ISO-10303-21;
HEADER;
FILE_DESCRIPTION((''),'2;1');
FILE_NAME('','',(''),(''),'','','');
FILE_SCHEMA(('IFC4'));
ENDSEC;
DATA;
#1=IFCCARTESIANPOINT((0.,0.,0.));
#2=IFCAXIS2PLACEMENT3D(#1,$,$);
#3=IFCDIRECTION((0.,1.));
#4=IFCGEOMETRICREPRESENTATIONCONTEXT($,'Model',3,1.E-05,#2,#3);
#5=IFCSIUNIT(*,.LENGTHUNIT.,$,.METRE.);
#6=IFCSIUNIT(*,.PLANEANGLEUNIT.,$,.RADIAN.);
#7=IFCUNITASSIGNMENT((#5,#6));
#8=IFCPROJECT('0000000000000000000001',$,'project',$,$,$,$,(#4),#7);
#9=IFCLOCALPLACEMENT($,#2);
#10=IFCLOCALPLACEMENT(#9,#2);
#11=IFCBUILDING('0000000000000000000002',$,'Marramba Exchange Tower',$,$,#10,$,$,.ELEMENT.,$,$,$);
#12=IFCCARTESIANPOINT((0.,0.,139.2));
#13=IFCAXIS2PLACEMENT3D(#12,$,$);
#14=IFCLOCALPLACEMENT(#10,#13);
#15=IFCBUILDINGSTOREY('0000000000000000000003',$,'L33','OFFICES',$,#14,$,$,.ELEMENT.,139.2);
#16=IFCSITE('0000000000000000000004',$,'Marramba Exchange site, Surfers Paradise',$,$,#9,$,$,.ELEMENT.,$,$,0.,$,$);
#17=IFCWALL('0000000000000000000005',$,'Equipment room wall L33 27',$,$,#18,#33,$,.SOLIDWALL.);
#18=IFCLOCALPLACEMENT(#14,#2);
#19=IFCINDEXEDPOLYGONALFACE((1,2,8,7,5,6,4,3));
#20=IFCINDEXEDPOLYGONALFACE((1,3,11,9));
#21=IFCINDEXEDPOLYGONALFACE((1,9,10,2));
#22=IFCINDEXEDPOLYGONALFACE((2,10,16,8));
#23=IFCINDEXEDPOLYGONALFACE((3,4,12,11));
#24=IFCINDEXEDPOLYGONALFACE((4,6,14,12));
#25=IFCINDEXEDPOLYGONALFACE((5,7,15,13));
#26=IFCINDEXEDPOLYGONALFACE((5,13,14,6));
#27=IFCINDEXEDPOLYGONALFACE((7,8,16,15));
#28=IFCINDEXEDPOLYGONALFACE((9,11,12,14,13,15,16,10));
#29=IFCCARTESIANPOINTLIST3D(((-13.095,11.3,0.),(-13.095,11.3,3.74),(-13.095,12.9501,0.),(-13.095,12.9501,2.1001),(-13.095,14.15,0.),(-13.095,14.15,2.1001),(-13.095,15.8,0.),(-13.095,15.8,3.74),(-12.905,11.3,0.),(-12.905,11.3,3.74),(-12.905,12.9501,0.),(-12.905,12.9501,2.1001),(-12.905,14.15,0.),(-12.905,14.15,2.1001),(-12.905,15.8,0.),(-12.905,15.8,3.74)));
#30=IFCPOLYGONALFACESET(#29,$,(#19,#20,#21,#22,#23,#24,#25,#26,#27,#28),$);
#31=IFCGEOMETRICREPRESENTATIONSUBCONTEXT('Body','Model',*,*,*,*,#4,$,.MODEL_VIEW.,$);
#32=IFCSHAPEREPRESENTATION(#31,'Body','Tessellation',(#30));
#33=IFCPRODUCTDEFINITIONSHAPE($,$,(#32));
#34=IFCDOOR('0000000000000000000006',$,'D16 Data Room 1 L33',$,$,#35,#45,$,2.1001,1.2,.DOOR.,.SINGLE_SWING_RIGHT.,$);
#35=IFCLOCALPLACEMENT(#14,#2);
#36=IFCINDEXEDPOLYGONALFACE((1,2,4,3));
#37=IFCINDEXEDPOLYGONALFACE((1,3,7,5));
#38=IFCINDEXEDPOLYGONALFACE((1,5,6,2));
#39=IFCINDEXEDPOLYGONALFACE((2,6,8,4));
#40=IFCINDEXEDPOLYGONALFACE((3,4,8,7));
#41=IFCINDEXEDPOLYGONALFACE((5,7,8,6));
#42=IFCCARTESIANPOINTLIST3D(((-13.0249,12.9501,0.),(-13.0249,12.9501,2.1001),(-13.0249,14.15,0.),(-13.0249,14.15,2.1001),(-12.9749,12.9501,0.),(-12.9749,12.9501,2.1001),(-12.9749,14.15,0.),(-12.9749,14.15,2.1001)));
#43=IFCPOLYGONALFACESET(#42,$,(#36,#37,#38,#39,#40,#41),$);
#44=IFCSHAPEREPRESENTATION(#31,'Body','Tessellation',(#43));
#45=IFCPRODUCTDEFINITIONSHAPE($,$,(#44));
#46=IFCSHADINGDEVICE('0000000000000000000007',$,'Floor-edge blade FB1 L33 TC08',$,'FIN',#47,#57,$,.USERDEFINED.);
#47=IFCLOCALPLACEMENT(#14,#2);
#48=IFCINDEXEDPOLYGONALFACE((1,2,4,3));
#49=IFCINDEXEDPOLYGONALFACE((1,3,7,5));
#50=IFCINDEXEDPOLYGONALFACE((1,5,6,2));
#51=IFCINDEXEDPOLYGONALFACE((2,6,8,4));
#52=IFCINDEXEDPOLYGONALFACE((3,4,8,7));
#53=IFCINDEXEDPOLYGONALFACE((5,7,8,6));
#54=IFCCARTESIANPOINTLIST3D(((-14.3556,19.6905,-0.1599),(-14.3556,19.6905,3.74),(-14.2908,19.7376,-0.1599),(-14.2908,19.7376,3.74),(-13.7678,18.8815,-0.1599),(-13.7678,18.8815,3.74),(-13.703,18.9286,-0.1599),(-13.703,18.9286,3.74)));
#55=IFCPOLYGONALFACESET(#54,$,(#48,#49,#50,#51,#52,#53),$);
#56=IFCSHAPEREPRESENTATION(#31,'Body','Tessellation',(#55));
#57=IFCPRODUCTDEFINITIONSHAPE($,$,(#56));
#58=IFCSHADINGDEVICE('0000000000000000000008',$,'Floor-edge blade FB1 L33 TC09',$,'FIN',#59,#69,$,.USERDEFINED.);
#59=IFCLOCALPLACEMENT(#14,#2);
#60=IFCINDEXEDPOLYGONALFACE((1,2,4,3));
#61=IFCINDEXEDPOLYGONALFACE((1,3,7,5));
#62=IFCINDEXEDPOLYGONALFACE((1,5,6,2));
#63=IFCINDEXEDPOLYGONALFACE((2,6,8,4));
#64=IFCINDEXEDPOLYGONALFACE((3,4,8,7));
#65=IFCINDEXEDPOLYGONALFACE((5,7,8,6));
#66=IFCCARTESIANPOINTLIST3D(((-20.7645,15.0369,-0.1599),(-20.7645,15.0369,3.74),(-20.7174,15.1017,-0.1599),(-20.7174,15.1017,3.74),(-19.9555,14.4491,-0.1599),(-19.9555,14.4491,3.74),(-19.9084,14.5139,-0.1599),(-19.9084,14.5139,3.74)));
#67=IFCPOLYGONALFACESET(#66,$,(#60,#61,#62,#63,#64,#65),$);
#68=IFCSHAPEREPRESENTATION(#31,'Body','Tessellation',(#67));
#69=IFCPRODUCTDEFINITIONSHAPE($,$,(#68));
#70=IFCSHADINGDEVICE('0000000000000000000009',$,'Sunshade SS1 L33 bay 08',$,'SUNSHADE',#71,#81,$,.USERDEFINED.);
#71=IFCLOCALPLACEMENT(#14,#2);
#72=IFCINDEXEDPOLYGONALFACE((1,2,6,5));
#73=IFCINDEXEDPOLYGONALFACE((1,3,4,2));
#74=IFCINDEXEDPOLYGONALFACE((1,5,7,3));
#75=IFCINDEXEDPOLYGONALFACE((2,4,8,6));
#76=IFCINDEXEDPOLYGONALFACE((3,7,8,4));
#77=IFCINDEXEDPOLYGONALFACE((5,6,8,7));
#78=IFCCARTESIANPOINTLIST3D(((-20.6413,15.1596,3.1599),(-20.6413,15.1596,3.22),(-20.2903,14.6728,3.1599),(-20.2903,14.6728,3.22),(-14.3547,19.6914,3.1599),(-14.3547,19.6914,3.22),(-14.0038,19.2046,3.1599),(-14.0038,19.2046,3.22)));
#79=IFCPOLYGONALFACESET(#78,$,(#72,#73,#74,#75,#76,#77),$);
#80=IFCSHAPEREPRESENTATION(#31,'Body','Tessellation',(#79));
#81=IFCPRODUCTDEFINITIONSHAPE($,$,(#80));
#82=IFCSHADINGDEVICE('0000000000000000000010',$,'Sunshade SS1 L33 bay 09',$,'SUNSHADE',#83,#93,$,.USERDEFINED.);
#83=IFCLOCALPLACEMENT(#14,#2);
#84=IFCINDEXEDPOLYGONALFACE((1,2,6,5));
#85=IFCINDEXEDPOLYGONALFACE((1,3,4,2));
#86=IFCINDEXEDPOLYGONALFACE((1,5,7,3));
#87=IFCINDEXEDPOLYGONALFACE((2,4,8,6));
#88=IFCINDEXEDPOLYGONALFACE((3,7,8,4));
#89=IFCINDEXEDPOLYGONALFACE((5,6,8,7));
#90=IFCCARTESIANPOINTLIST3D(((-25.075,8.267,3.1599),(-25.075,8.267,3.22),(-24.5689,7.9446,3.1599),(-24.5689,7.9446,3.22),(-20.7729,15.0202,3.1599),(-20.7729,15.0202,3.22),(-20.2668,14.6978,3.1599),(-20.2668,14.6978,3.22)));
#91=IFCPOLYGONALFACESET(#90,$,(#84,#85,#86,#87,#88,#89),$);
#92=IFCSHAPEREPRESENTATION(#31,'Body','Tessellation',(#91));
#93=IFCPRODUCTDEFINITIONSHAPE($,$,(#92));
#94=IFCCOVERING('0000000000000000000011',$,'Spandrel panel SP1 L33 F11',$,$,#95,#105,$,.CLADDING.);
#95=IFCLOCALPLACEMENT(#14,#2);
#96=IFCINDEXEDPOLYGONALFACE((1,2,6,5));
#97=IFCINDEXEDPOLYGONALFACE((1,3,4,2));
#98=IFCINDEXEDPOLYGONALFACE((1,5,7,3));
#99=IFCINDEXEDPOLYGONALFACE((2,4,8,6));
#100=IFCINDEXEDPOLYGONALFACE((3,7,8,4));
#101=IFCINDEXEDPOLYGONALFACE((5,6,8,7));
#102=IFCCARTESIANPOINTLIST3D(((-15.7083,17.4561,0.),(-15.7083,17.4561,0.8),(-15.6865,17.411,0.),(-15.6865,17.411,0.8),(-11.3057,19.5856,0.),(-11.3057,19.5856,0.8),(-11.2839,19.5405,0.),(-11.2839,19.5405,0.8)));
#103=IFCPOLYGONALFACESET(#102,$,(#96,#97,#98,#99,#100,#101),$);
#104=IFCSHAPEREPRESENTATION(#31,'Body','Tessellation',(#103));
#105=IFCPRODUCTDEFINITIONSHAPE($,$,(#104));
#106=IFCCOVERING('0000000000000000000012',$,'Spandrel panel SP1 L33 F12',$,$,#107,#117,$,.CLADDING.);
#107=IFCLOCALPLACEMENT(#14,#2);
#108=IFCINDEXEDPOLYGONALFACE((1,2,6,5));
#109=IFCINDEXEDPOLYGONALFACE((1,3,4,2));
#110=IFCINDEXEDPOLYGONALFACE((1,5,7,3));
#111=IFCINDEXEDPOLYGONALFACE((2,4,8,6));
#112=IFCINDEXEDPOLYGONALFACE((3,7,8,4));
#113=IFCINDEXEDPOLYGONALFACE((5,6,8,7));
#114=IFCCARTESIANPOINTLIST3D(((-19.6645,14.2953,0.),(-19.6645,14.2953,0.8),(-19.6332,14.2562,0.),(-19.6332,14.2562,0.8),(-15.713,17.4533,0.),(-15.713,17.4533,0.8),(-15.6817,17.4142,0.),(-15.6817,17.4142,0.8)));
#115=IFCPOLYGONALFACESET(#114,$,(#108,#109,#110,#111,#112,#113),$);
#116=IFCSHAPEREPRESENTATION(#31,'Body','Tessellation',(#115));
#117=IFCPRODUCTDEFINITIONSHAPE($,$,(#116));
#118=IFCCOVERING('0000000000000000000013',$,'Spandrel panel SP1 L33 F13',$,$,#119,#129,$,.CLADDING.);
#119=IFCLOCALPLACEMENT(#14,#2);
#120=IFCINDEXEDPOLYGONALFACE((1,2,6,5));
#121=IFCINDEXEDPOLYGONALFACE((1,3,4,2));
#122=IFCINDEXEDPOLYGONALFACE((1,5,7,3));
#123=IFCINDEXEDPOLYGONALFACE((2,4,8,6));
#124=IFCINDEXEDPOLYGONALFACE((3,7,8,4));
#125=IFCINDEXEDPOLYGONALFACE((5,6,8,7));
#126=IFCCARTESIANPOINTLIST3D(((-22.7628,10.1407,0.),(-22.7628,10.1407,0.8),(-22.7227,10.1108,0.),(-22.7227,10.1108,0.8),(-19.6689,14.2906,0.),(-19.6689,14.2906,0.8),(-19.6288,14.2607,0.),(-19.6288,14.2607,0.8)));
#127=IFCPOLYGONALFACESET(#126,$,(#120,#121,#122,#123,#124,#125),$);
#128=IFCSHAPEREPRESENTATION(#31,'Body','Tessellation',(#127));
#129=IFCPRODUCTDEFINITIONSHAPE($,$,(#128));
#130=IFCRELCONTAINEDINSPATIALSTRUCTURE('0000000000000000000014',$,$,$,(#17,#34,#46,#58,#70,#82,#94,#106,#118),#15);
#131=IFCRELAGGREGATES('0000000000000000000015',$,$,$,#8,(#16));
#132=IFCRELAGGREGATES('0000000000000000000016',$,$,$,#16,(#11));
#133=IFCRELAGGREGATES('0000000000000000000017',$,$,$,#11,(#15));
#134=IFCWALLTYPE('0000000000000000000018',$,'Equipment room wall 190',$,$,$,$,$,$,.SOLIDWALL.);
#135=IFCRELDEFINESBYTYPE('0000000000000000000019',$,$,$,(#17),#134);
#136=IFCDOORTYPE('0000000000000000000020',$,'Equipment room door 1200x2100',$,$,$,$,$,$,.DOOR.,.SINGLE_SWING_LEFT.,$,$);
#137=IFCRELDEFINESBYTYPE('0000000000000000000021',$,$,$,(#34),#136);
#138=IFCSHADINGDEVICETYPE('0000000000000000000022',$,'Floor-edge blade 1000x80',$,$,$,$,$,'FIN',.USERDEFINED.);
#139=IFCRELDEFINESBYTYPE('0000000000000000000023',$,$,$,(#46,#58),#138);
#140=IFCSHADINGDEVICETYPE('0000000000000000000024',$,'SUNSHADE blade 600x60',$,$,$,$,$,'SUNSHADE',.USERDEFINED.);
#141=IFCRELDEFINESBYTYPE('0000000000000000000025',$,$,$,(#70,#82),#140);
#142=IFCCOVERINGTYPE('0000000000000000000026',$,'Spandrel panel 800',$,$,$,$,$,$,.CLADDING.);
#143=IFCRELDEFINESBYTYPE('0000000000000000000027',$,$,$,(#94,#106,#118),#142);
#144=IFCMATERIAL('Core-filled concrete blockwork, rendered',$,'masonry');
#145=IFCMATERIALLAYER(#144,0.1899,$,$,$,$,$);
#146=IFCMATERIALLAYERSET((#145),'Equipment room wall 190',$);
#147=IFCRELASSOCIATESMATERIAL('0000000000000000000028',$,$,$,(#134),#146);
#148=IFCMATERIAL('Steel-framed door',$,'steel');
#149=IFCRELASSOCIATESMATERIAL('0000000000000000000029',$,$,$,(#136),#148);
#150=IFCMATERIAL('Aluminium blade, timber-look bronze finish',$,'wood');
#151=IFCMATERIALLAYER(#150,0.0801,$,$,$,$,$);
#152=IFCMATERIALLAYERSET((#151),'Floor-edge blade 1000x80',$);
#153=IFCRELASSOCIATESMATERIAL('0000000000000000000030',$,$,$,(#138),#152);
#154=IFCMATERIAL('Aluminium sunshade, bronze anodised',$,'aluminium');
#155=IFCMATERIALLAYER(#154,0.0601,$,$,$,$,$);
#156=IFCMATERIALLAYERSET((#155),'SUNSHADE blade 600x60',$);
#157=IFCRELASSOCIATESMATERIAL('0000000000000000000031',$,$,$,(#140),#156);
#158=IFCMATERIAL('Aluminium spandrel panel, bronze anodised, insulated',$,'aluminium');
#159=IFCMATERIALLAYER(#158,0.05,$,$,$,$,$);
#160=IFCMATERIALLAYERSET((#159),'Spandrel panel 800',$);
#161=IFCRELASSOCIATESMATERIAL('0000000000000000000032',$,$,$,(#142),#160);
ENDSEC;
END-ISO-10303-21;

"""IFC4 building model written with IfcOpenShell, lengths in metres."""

from ifc_helpers import new_model, si_unit, direction, frame, frame_2d, origin, origin_2d, place, context, subcontext, project, spatial, rectangle, extrude, material, layer, layer_set, type_object, element, fill, save


model = new_model("IFC4")

# Units and contexts
model_context = context("Model", 3, precision=1e-05, world=origin(), true_north=direction((0.0, 1.0)))
body_context = subcontext(model_context, "Body", "Model", "MODEL_VIEW")
ifc_project = project(units=[si_unit("LENGTHUNIT", "METRE"), si_unit("PLANEANGLEUNIT", "RADIAN")], contexts=[model_context])

# Site, building, storey
site_placement = place(None, origin())
site = spatial("IfcSite", under=ifc_project, at=site_placement, Name="Marramba Exchange site, Surfers Paradise", CompositionType="ELEMENT", RefElevation=0.0)
building_placement = place(site_placement, origin())
building = spatial("IfcBuilding", under=site, at=building_placement, Name="Marramba Exchange Tower", CompositionType="ELEMENT")
storey_placement = place(building_placement, frame((0.0, 0.0, 139.2)))
storey = spatial("IfcBuildingStorey", under=building, at=storey_placement, Name="L33", Description="OFFICES", CompositionType="ELEMENT", Elevation=139.2)

# Shared definitions
ifc_material_1 = material(Name="Core-filled concrete blockwork, rendered", Category="masonry")
ifc_layer_1 = layer(ifc_material_1, 0.1899)
ifc_layer_set_1 = layer_set([ifc_layer_1], Name="Equipment room wall 190")
wall_type = type_object("IfcWallType", Name="Equipment room wall 190", PredefinedType="SOLIDWALL", material=ifc_layer_set_1)

# Wall, opening, door
wall_1_placement = place(storey_placement, frame((-13.0, 11.3, 0.0), z_axis=(0.0, 0.0, 1.0), x_axis=(0.0, 1.0, 0.0)))
wall_1 = element("IfcWall", 1, at=wall_1_placement, inside=storey, type_object=wall_type, Name="Equipment room wall L33 27", PredefinedType="SOLIDWALL", context=body_context, shape_type="SweptSolid", body=[
    extrude(rectangle(XDim=4.5, YDim=0.1899, at=frame_2d((2.25, 0.0))), origin(), (0.0, 0.0, 1.0), 3.74),
])
opening_placement = place(wall_1_placement, frame((1.6499, 0.0, 0.0)))
opening = element("IfcOpeningElement", 2, at=opening_placement, cuts=wall_1, PredefinedType="OPENING", context=body_context, shape_type="SweptSolid", body=[
    extrude(rectangle(XDim=1.2, YDim=2.1001, at=frame_2d((0.6001, 1.05))), frame((0.0, 0.105, 0.0), z_axis=(0.0, -1.0, 0.0), x_axis=(1.0, 0.0, 0.0)), (0.0, 0.0, 1.0), 0.21),
])
ifc_material_2 = material(Name="Steel-framed door", Category="steel")
door_type = type_object("IfcDoorType", Name="Equipment room door 1200x2100", OperationType="SINGLE_SWING_LEFT", PredefinedType="DOOR", material=ifc_material_2)
door_placement = place(opening_placement, frame((1.2, 0.0, 0.0), z_axis=(0.0, 0.0, 1.0), x_axis=(-1.0, 0.0, 0.0)))
door = element("IfcDoor", 3, at=door_placement, inside=storey, type_object=door_type, Name="D16 Data Room 1 L33", OperationType="SINGLE_SWING_RIGHT", OverallHeight=2.1001, OverallWidth=1.2, PredefinedType="DOOR", context=body_context, shape_type="SweptSolid", body=[
    extrude(rectangle(XDim=1.2, YDim=2.1001, at=frame_2d((0.5999, 1.05))), frame((0.0, 0.0251, 0.0), z_axis=(0.0, -1.0, 0.0), x_axis=(1.0, 0.0, 0.0)), (0.0, 0.0, 1.0), 0.05),
])
fill(opening, door)

# Shading devices
ifc_material_3 = material(Name="Aluminium blade, timber-look bronze finish", Category="wood")
ifc_layer_2 = layer(ifc_material_3, 0.0801)
ifc_layer_set_2 = layer_set([ifc_layer_2], Name="Floor-edge blade 1000x80")
shading_device_type_1 = type_object("IfcShadingDeviceType", Name="Floor-edge blade 1000x80", ElementType="FIN", PredefinedType="USERDEFINED", material=ifc_layer_set_2)
for number, where, z_axis, x_axis, name in (
    (4, (-14.0293, 19.3096, -0.1599), (0.0, 0.0, 1.0), (-0.587785, 0.809017, 0.0), "Floor-edge blade FB1 L33 TC08"),
    (5, (-20.3364, 14.7754, -0.1599), (0.0, 0.0, 1.0), (-0.809017, 0.587785, 0.0), "Floor-edge blade FB1 L33 TC09"),
):
    element("IfcShadingDevice", number, at=place(storey_placement, frame(where, z_axis=z_axis, x_axis=x_axis)), inside=storey, type_object=shading_device_type_1, Name=name, ObjectType="FIN", PredefinedType="USERDEFINED", context=body_context, shape_type="SweptSolid", body=[
        extrude(rectangle(XDim=1.0, YDim=0.0801, at=origin_2d()), origin(), (0.0, 0.0, 1.0), 3.8999),
    ])
ifc_material_4 = material(Name="Aluminium sunshade, bronze anodised", Category="aluminium")
ifc_layer_3 = layer(ifc_material_4, 0.0601)
ifc_layer_set_3 = layer_set([ifc_layer_3], Name="SUNSHADE blade 600x60")
shading_device_type_2 = type_object("IfcShadingDeviceType", Name="SUNSHADE blade 600x60", ElementType="SUNSHADE", PredefinedType="USERDEFINED", material=ifc_layer_set_3)
shading_device_1_placement = place(storey_placement, frame((-17.3225, 17.1821, 3.1599), z_axis=(0.0, 0.0, 1.0), x_axis=(-0.811199, -0.58477, 0.0)))
element("IfcShadingDevice", 6, at=shading_device_1_placement, inside=storey, type_object=shading_device_type_2, Name="Sunshade SS1 L33 bay 08", ObjectType="SUNSHADE", PredefinedType="USERDEFINED", context=body_context, shape_type="SweptSolid", body=[
    extrude(rectangle(XDim=7.7498, YDim=0.6001, at=origin_2d()), origin(), (0.0, 0.0, 1.0), 0.0601),
])
shading_device_2_placement = place(storey_placement, frame((-22.6709, 11.4824, 3.1599), z_axis=(0.0, 0.0, 1.0), x_axis=(-0.537285, -0.843401, 0.0)))
element("IfcShadingDevice", 7, at=shading_device_2_placement, inside=storey, type_object=shading_device_type_2, Name="Sunshade SS1 L33 bay 09", ObjectType="SUNSHADE", PredefinedType="USERDEFINED", context=body_context, shape_type="SweptSolid", body=[
    extrude(rectangle(XDim=8.0071, YDim=0.6001, at=origin_2d()), origin(), (0.0, 0.0, 1.0), 0.0601),
])

# Coverings
ifc_material_5 = material(Name="Aluminium spandrel panel, bronze anodised, insulated", Category="aluminium")
ifc_layer_4 = layer(ifc_material_5, 0.05)
ifc_layer_set_4 = layer_set([ifc_layer_4], Name="Spandrel panel 800")
covering_type = type_object("IfcCoveringType", Name="Spandrel panel 800", PredefinedType="CLADDING", material=ifc_layer_set_4)
covering_1_placement = place(storey_placement, frame((-13.4961, 18.4983, 0.0), z_axis=(0.0, 0.0, 1.0), x_axis=(-0.900224, -0.435428, 0.0)))
element("IfcCovering", 8, at=covering_1_placement, inside=storey, type_object=covering_type, Name="Spandrel panel SP1 L33 F11", PredefinedType="CLADDING", context=body_context, shape_type="SweptSolid", body=[
    extrude(rectangle(XDim=4.8906, YDim=0.05, at=origin_2d()), origin(), (0.0, 0.0, 1.0), 0.8),
])
covering_2_placement = place(storey_placement, frame((-17.6731, 15.8547, 0.0), z_axis=(0.0, 0.0, 1.0), x_axis=(-0.781178, -0.624308, 0.0)))
element("IfcCovering", 9, at=covering_2_placement, inside=storey, type_object=covering_type, Name="Spandrel panel SP1 L33 F12", PredefinedType="CLADDING", context=body_context, shape_type="SweptSolid", body=[
    extrude(rectangle(XDim=5.0583, YDim=0.05, at=origin_2d()), origin(), (0.0, 0.0, 1.0), 0.8),
])
covering_3_placement = place(storey_placement, frame((-21.1958, 12.2007, 0.0), z_axis=(0.0, 0.0, 1.0), x_axis=(-0.597704, -0.801717, 0.0)))
element("IfcCovering", 10, at=covering_3_placement, inside=storey, type_object=covering_type, Name="Spandrel panel SP1 L33 F13", PredefinedType="CLADDING", context=body_context, shape_type="SweptSolid", body=[
    extrude(rectangle(XDim=5.1763, YDim=0.05, at=origin_2d()), origin(), (0.0, 0.0, 1.0), 0.8),
])

save(model, "model.ifc")
